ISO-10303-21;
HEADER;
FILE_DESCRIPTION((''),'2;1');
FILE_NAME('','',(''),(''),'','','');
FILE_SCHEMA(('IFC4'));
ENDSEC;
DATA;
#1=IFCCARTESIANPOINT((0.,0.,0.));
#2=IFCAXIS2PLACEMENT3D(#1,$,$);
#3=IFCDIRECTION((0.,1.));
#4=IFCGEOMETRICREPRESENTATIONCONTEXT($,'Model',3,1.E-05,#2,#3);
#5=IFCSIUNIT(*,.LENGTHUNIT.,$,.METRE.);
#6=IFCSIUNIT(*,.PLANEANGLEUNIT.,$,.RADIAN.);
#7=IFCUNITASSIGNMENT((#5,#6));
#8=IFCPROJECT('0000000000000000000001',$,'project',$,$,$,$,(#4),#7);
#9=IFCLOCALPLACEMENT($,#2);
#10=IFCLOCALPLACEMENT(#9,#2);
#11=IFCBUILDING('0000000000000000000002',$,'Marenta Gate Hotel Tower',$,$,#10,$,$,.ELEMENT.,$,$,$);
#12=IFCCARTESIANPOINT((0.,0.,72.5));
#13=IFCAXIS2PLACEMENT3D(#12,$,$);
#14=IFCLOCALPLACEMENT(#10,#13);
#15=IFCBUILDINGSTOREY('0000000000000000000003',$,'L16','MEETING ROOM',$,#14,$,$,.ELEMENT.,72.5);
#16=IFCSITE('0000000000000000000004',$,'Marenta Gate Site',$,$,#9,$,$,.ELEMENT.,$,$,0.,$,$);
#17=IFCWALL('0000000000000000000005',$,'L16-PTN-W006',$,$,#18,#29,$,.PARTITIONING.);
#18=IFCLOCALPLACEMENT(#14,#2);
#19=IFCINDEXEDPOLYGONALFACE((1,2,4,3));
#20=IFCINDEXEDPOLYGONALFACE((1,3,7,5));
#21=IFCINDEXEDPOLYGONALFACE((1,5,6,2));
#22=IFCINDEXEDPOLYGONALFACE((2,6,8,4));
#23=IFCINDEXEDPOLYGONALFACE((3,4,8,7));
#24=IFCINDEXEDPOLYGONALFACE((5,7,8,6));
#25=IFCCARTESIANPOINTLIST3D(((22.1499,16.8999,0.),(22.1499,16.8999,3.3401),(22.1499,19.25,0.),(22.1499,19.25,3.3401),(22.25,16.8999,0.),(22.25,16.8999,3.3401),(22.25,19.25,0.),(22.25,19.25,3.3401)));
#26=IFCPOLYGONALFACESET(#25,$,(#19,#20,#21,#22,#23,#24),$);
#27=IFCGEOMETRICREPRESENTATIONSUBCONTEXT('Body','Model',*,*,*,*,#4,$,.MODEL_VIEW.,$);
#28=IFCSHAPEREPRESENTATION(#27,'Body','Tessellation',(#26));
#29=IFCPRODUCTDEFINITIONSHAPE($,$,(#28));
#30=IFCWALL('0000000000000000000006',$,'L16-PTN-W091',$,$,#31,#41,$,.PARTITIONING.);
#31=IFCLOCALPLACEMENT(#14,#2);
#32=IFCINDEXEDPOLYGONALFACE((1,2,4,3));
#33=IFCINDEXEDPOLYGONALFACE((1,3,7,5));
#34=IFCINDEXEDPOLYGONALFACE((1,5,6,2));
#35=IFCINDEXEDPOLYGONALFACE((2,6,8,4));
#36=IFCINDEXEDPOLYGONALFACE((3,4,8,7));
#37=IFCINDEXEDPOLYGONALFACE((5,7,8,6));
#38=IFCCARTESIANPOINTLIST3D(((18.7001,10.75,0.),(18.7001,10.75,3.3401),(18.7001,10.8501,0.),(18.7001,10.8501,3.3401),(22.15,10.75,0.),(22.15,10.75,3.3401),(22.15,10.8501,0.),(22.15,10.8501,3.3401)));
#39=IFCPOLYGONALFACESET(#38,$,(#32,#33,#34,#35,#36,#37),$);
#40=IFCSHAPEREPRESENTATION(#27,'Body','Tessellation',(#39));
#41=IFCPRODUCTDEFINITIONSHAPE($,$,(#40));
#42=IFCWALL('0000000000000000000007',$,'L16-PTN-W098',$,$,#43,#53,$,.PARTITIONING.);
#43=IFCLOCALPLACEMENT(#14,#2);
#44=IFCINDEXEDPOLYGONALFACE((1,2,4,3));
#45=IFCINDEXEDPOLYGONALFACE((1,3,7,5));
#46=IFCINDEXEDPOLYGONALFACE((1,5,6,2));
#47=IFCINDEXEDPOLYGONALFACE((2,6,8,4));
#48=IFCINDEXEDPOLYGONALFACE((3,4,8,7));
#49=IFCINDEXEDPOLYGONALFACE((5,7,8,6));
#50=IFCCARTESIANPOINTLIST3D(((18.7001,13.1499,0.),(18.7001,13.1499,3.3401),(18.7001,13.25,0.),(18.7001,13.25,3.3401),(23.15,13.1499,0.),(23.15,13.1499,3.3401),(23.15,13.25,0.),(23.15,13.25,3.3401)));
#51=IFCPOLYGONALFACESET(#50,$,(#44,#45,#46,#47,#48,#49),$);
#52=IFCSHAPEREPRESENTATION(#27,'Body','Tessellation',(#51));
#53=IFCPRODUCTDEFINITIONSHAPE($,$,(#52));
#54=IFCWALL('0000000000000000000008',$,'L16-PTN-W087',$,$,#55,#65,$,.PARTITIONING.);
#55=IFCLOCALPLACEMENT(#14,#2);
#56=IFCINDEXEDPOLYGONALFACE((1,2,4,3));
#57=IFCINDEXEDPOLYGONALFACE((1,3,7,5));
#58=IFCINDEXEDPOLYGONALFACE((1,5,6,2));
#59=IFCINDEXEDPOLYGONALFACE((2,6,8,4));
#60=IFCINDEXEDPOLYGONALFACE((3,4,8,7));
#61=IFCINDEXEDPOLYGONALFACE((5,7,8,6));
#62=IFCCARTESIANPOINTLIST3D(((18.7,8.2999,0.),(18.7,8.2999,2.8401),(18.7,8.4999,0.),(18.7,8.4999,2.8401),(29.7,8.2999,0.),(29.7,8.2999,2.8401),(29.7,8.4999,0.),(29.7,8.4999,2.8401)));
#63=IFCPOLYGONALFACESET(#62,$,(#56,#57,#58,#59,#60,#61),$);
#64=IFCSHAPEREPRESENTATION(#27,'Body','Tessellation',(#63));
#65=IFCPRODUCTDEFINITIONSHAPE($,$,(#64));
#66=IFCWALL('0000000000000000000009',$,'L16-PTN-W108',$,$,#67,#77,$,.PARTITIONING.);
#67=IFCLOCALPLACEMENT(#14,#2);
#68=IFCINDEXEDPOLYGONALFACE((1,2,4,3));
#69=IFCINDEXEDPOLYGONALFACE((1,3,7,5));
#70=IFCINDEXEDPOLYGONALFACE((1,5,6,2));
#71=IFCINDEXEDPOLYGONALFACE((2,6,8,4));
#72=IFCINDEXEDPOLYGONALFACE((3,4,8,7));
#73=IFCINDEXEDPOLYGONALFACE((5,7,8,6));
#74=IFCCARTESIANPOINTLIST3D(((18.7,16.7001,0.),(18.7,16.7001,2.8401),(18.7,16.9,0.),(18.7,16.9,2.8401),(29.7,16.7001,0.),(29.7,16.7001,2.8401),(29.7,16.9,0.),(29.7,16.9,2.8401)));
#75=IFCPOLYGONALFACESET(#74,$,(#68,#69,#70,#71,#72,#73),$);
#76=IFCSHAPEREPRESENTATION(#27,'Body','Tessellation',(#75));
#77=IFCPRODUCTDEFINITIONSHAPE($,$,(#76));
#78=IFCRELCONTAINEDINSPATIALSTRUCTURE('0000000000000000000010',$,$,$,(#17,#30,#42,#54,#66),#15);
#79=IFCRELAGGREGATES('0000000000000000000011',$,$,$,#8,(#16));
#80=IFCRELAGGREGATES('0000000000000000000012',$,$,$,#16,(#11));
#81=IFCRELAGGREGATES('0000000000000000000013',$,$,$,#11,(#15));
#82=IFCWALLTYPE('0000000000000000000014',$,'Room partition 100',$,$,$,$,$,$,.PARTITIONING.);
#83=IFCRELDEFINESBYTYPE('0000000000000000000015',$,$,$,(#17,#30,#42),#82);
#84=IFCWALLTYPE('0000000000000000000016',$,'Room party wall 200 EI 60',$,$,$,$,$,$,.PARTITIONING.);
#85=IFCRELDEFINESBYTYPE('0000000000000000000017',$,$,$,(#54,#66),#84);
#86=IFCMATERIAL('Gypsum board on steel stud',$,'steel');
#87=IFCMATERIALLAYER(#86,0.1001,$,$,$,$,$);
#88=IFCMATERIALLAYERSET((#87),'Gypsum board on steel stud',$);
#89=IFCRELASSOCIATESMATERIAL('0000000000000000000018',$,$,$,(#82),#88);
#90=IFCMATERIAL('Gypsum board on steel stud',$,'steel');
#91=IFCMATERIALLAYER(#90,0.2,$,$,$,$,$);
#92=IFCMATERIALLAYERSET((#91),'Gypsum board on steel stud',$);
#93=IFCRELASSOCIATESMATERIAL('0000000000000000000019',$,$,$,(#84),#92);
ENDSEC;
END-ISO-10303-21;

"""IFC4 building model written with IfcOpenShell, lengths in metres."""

from ifc_helpers import new_model, si_unit, direction, frame, frame_2d, origin, place, context, subcontext, project, spatial, rectangle, extrude, material, layer, layer_set, type_object, element, save


model = new_model("IFC4")

# Units and contexts
model_context = context("Model", 3, precision=1e-05, world=origin(), true_north=direction((0.0, 1.0)))
body_context = subcontext(model_context, "Body", "Model", "MODEL_VIEW")
ifc_project = project(units=[si_unit("LENGTHUNIT", "METRE"), si_unit("PLANEANGLEUNIT", "RADIAN")], contexts=[model_context])

# Site, building, storey
site_placement = place(None, origin())
site = spatial("IfcSite", under=ifc_project, at=site_placement, Name="Marenta Gate Site", CompositionType="ELEMENT", RefElevation=0.0)
building_placement = place(site_placement, origin())
building = spatial("IfcBuilding", under=site, at=building_placement, Name="Marenta Gate Hotel Tower", CompositionType="ELEMENT")
storey_placement = place(building_placement, frame((0.0, 0.0, 72.5)))
storey = spatial("IfcBuildingStorey", under=building, at=storey_placement, Name="L16", Description="MEETING ROOM", CompositionType="ELEMENT", Elevation=72.5)

# Shared definitions
ifc_material_1 = material(Name="Gypsum board on steel stud", Category="steel")
ifc_layer_1 = layer(ifc_material_1, 0.1001)
ifc_layer_set_1 = layer_set([ifc_layer_1], Name="Gypsum board on steel stud")
wall_type_1 = type_object("IfcWallType", Name="Room partition 100", PredefinedType="PARTITIONING", material=ifc_layer_set_1)

# Walls
wall_1_placement = place(storey_placement, frame((22.2, 16.8999, 0.0), z_axis=(0.0, 0.0, 1.0), x_axis=(0.0, 1.0, 0.0)))
element("IfcWall", 1, at=wall_1_placement, inside=storey, type_object=wall_type_1, Name="L16-PTN-W006", PredefinedType="PARTITIONING", context=body_context, shape_type="SweptSolid", body=[
    extrude(rectangle(XDim=2.3501, YDim=0.1001, at=frame_2d((1.175, 0.0))), origin(), (0.0, 0.0, 1.0), 3.3401),
])
wall_2_placement = place(storey_placement, frame((18.7, 10.8, 0.0), z_axis=(0.0, 0.0, 1.0), x_axis=(1.0, 0.0, 0.0)))
element("IfcWall", 2, at=wall_2_placement, inside=storey, type_object=wall_type_1, Name="L16-PTN-W091", PredefinedType="PARTITIONING", context=body_context, shape_type="SweptSolid", body=[
    extrude(rectangle(XDim=3.45, YDim=0.1001, at=frame_2d((1.7251, 0.0))), origin(), (0.0, 0.0, 1.0), 3.3401),
])
wall_3_placement = place(storey_placement, frame((18.7, 13.2, 0.0), z_axis=(0.0, 0.0, 1.0), x_axis=(1.0, 0.0, 0.0)))
element("IfcWall", 3, at=wall_3_placement, inside=storey, type_object=wall_type_1, Name="L16-PTN-W098", PredefinedType="PARTITIONING", context=body_context, shape_type="SweptSolid", body=[
    extrude(rectangle(XDim=4.45, YDim=0.1001, at=frame_2d((2.2251, 0.0))), origin(), (0.0, 0.0, 1.0), 3.3401),
])
ifc_material_2 = material(Name="Gypsum board on steel stud", Category="steel")
ifc_layer_2 = layer(ifc_material_2, 0.2)
ifc_layer_set_2 = layer_set([ifc_layer_2], Name="Gypsum board on steel stud")
wall_type_2 = type_object("IfcWallType", Name="Room party wall 200 EI 60", PredefinedType="PARTITIONING", material=ifc_layer_set_2)
for number, where, z_axis, x_axis, name in (
    (4, (18.7, 8.3999, 0.0), (0.0, 0.0, 1.0), (1.0, 0.0, 0.0), "L16-PTN-W087"),
    (5, (18.7, 16.8, 0.0), (0.0, 0.0, 1.0), (1.0, 0.0, 0.0), "L16-PTN-W108"),
):
    element("IfcWall", number, at=place(storey_placement, frame(where, z_axis=z_axis, x_axis=x_axis)), inside=storey, type_object=wall_type_2, Name=name, PredefinedType="PARTITIONING", context=body_context, shape_type="SweptSolid", body=[
        extrude(rectangle(XDim=11.0, YDim=0.2, at=frame_2d((5.5, 0.0))), origin(), (0.0, 0.0, 1.0), 2.8401),
    ])

save(model, "model.ifc")
